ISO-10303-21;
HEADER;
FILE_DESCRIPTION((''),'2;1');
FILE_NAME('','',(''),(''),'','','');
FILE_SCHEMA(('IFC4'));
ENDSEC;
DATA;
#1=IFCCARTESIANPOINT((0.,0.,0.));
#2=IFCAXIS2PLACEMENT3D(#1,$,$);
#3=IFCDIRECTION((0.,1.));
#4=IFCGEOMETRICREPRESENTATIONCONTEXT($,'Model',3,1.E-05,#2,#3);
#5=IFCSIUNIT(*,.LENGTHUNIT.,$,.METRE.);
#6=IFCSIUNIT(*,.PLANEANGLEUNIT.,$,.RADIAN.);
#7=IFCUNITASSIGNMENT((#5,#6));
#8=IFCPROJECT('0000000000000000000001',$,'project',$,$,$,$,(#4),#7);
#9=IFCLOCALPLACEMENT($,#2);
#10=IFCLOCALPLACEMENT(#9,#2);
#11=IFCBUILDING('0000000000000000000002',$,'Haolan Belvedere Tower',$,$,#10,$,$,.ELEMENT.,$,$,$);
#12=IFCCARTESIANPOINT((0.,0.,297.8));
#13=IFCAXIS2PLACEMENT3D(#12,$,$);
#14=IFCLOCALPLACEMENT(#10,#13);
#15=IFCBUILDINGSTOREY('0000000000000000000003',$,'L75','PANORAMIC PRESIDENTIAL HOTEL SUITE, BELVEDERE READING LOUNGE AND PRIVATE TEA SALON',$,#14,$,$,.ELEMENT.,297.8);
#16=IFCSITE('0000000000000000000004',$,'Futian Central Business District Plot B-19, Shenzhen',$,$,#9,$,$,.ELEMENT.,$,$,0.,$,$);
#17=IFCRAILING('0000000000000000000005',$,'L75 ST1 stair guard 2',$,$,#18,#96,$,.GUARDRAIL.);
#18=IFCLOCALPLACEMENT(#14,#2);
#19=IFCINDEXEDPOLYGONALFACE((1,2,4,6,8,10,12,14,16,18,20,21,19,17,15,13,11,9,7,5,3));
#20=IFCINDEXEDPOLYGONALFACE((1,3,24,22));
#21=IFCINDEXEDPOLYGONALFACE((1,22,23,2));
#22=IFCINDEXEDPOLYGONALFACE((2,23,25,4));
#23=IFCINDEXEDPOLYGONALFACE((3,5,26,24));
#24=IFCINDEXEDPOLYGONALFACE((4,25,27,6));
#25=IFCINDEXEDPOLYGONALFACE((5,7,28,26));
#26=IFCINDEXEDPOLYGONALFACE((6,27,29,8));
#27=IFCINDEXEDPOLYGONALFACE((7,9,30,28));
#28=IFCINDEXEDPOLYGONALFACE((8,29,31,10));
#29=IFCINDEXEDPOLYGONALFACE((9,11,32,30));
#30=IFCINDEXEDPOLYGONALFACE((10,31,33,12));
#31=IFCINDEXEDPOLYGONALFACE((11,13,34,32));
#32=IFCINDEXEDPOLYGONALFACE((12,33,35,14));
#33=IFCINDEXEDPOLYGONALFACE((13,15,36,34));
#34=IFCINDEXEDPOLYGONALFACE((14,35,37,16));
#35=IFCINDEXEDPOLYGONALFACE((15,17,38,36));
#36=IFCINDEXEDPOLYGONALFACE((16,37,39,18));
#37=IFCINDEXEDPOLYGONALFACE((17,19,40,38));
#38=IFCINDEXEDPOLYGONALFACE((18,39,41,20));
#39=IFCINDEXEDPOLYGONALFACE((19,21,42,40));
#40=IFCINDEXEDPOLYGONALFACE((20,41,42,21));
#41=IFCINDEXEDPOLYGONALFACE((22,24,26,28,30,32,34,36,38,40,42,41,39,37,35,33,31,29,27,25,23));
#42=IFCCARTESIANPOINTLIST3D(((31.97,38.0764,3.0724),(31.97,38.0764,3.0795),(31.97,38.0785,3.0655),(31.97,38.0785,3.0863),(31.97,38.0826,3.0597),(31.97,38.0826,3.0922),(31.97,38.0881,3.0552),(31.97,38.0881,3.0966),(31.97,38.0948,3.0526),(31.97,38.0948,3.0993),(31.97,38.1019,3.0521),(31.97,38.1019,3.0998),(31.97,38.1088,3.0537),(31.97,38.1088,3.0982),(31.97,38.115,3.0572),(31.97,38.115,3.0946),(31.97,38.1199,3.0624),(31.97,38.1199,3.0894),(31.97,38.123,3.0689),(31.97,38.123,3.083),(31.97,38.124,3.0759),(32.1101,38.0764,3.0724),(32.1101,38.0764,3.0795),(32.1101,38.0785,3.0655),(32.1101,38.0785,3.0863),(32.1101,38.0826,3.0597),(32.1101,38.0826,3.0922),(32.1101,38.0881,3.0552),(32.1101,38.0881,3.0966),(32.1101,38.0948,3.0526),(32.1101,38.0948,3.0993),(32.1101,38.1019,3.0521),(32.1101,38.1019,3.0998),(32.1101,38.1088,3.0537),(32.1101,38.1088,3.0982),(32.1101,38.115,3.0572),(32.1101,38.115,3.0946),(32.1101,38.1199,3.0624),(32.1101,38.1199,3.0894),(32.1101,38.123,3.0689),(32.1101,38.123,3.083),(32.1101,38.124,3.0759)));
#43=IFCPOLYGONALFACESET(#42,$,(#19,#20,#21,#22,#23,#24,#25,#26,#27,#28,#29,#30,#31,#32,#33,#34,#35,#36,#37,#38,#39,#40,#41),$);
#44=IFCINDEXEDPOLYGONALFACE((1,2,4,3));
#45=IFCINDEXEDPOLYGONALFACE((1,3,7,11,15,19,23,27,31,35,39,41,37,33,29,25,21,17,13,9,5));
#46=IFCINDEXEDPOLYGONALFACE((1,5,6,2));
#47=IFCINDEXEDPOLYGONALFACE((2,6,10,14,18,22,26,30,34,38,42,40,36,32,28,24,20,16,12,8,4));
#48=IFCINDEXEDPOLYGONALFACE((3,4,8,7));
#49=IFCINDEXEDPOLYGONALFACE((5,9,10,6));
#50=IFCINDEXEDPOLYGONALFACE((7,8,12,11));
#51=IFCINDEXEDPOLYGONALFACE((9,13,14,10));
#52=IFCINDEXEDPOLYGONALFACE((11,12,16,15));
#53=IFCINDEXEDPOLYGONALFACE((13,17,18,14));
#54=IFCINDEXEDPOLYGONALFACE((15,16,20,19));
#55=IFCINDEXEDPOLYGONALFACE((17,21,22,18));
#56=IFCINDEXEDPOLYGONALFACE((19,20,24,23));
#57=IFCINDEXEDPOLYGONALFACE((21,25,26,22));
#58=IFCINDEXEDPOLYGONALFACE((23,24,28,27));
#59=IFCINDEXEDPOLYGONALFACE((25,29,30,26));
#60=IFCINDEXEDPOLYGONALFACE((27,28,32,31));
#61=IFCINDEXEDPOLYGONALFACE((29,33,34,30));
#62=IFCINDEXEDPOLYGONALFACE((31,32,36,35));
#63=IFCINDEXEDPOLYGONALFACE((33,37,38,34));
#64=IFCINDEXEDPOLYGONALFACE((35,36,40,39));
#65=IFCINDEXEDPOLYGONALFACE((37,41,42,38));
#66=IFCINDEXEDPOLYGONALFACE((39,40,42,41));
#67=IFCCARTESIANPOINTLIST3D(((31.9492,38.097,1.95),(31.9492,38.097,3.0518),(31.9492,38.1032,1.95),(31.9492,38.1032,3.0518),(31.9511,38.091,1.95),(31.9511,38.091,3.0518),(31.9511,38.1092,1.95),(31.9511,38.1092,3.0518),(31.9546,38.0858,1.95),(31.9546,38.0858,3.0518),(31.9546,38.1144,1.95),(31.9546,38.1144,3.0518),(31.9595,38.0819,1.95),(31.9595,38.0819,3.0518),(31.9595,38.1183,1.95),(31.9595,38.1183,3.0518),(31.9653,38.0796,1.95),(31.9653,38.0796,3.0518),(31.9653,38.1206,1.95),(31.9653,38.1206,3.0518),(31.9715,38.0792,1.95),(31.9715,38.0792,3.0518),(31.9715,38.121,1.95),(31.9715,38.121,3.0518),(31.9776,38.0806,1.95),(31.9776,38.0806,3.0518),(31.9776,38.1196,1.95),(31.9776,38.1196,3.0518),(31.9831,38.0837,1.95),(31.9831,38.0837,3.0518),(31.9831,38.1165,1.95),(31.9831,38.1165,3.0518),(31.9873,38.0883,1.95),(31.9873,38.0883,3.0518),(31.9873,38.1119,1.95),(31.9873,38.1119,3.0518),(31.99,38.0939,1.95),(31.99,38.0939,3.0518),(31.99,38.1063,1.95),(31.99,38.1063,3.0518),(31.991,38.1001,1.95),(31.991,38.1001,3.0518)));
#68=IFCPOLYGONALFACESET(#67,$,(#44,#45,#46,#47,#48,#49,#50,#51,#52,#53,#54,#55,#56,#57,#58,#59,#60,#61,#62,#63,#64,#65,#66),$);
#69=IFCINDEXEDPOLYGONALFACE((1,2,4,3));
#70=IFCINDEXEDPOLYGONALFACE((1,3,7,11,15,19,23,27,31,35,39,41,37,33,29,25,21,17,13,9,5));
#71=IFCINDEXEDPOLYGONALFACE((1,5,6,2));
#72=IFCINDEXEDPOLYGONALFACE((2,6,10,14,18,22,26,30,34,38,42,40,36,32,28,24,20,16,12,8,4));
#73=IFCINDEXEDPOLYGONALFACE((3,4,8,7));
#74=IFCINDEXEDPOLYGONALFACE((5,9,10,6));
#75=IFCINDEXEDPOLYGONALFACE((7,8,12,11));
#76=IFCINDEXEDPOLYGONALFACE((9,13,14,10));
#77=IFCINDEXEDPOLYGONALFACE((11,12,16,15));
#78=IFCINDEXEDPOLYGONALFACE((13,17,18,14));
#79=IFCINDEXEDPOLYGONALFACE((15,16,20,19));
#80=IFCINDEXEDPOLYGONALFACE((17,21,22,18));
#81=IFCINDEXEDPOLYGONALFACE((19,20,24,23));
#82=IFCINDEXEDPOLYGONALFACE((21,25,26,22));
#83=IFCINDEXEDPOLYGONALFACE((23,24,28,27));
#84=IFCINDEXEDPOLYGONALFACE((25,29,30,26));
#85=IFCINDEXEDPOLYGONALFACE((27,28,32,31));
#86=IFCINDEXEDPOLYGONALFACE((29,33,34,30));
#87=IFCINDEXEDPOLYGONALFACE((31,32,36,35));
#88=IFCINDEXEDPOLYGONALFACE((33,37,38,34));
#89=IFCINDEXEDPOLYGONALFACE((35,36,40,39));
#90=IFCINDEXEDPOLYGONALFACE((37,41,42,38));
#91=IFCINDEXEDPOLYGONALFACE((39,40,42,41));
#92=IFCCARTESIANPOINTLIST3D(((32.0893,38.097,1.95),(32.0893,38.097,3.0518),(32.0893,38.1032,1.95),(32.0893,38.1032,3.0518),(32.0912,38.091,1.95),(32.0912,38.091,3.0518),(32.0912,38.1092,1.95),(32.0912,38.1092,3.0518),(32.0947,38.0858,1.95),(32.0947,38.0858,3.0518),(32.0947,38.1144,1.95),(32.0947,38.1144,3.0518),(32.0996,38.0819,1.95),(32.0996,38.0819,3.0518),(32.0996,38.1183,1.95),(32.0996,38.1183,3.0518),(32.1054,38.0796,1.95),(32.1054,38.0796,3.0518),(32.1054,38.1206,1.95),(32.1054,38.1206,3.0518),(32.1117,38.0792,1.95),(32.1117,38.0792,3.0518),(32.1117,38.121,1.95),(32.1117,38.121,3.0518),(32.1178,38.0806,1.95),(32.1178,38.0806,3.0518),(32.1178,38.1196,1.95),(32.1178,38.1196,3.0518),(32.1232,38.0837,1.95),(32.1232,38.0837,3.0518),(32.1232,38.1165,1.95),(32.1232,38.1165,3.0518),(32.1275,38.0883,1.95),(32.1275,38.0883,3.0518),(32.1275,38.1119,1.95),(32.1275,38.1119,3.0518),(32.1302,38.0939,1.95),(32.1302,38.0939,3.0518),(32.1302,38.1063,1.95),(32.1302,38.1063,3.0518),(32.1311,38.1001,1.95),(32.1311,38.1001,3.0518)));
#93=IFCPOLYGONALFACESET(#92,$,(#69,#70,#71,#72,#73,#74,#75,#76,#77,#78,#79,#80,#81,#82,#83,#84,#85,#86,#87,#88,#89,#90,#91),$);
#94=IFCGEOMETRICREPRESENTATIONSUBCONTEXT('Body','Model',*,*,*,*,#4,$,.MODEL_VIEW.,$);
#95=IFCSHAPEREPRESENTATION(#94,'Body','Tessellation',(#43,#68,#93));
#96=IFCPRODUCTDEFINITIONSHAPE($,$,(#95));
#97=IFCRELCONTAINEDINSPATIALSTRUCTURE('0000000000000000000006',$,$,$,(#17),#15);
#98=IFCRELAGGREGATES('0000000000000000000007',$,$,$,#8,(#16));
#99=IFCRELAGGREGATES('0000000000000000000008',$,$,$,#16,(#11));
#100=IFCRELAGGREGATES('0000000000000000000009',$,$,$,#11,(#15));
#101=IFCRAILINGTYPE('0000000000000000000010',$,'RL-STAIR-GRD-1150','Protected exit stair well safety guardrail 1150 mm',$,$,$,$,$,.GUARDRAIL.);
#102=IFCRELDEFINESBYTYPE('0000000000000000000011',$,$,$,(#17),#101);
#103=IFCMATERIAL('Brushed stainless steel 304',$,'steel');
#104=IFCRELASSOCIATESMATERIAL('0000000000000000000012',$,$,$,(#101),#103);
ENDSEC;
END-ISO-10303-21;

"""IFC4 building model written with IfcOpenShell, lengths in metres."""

from ifc_helpers import new_model, si_unit, direction, frame, origin, origin_2d, place, context, subcontext, project, spatial, circle, extrude, material, type_object, element, save


model = new_model("IFC4")

# Units and contexts
model_context = context("Model", 3, precision=1e-05, world=origin(), true_north=direction((0.0, 1.0)))
body_context = subcontext(model_context, "Body", "Model", "MODEL_VIEW")
ifc_project = project(units=[si_unit("LENGTHUNIT", "METRE"), si_unit("PLANEANGLEUNIT", "RADIAN")], contexts=[model_context])

# Site, building, storey
site_placement = place(None, origin())
site = spatial("IfcSite", under=ifc_project, at=site_placement, Name="Futian Central Business District Plot B-19, Shenzhen", CompositionType="ELEMENT", RefElevation=0.0)
building_placement = place(site_placement, origin())
building = spatial("IfcBuilding", under=site, at=building_placement, Name="Haolan Belvedere Tower", CompositionType="ELEMENT")
storey_placement = place(building_placement, frame((0.0, 0.0, 297.8)))
storey = spatial("IfcBuildingStorey", under=building, at=storey_placement, Name="L75", Description="PANORAMIC PRESIDENTIAL HOTEL SUITE, BELVEDERE READING LOUNGE AND PRIVATE TEA SALON", CompositionType="ELEMENT", Elevation=297.8)

# Railing
ifc_material_1 = material(Name="Brushed stainless steel 304", Category="steel")
railing_type_1 = type_object("IfcRailingType", Name="RL-STAIR-GRD-1150", Description="Protected exit stair well safety guardrail 1150 mm", PredefinedType="GUARDRAIL", material=ifc_material_1)
railing_1_placement = place(storey_placement, frame((31.97, 38.1001, 1.95)))
element("IfcRailing", 1, at=railing_1_placement, inside=storey, type_object=railing_type_1, Name="L75 ST1 stair guard 2", PredefinedType="GUARDRAIL", context=body_context, shape_type="SweptSolid", body=[
    extrude(circle(Radius=0.0239, at=origin_2d()), frame((0.0, 0.0, 1.126), z_axis=(1.0, 0.0, 0.0), x_axis=(0.0, 1.0, 0.0)), (0.0, 0.0, 1.0), 0.1401),
    extrude(circle(Radius=0.021, at=origin_2d()), origin(), (0.0, 0.0, 1.0), 1.1018),
    extrude(circle(Radius=0.021, at=origin_2d()), frame((0.1401, 0.0, 0.0)), (0.0, 0.0, 1.0), 1.1018),
])

save(model, "model.ifc")
